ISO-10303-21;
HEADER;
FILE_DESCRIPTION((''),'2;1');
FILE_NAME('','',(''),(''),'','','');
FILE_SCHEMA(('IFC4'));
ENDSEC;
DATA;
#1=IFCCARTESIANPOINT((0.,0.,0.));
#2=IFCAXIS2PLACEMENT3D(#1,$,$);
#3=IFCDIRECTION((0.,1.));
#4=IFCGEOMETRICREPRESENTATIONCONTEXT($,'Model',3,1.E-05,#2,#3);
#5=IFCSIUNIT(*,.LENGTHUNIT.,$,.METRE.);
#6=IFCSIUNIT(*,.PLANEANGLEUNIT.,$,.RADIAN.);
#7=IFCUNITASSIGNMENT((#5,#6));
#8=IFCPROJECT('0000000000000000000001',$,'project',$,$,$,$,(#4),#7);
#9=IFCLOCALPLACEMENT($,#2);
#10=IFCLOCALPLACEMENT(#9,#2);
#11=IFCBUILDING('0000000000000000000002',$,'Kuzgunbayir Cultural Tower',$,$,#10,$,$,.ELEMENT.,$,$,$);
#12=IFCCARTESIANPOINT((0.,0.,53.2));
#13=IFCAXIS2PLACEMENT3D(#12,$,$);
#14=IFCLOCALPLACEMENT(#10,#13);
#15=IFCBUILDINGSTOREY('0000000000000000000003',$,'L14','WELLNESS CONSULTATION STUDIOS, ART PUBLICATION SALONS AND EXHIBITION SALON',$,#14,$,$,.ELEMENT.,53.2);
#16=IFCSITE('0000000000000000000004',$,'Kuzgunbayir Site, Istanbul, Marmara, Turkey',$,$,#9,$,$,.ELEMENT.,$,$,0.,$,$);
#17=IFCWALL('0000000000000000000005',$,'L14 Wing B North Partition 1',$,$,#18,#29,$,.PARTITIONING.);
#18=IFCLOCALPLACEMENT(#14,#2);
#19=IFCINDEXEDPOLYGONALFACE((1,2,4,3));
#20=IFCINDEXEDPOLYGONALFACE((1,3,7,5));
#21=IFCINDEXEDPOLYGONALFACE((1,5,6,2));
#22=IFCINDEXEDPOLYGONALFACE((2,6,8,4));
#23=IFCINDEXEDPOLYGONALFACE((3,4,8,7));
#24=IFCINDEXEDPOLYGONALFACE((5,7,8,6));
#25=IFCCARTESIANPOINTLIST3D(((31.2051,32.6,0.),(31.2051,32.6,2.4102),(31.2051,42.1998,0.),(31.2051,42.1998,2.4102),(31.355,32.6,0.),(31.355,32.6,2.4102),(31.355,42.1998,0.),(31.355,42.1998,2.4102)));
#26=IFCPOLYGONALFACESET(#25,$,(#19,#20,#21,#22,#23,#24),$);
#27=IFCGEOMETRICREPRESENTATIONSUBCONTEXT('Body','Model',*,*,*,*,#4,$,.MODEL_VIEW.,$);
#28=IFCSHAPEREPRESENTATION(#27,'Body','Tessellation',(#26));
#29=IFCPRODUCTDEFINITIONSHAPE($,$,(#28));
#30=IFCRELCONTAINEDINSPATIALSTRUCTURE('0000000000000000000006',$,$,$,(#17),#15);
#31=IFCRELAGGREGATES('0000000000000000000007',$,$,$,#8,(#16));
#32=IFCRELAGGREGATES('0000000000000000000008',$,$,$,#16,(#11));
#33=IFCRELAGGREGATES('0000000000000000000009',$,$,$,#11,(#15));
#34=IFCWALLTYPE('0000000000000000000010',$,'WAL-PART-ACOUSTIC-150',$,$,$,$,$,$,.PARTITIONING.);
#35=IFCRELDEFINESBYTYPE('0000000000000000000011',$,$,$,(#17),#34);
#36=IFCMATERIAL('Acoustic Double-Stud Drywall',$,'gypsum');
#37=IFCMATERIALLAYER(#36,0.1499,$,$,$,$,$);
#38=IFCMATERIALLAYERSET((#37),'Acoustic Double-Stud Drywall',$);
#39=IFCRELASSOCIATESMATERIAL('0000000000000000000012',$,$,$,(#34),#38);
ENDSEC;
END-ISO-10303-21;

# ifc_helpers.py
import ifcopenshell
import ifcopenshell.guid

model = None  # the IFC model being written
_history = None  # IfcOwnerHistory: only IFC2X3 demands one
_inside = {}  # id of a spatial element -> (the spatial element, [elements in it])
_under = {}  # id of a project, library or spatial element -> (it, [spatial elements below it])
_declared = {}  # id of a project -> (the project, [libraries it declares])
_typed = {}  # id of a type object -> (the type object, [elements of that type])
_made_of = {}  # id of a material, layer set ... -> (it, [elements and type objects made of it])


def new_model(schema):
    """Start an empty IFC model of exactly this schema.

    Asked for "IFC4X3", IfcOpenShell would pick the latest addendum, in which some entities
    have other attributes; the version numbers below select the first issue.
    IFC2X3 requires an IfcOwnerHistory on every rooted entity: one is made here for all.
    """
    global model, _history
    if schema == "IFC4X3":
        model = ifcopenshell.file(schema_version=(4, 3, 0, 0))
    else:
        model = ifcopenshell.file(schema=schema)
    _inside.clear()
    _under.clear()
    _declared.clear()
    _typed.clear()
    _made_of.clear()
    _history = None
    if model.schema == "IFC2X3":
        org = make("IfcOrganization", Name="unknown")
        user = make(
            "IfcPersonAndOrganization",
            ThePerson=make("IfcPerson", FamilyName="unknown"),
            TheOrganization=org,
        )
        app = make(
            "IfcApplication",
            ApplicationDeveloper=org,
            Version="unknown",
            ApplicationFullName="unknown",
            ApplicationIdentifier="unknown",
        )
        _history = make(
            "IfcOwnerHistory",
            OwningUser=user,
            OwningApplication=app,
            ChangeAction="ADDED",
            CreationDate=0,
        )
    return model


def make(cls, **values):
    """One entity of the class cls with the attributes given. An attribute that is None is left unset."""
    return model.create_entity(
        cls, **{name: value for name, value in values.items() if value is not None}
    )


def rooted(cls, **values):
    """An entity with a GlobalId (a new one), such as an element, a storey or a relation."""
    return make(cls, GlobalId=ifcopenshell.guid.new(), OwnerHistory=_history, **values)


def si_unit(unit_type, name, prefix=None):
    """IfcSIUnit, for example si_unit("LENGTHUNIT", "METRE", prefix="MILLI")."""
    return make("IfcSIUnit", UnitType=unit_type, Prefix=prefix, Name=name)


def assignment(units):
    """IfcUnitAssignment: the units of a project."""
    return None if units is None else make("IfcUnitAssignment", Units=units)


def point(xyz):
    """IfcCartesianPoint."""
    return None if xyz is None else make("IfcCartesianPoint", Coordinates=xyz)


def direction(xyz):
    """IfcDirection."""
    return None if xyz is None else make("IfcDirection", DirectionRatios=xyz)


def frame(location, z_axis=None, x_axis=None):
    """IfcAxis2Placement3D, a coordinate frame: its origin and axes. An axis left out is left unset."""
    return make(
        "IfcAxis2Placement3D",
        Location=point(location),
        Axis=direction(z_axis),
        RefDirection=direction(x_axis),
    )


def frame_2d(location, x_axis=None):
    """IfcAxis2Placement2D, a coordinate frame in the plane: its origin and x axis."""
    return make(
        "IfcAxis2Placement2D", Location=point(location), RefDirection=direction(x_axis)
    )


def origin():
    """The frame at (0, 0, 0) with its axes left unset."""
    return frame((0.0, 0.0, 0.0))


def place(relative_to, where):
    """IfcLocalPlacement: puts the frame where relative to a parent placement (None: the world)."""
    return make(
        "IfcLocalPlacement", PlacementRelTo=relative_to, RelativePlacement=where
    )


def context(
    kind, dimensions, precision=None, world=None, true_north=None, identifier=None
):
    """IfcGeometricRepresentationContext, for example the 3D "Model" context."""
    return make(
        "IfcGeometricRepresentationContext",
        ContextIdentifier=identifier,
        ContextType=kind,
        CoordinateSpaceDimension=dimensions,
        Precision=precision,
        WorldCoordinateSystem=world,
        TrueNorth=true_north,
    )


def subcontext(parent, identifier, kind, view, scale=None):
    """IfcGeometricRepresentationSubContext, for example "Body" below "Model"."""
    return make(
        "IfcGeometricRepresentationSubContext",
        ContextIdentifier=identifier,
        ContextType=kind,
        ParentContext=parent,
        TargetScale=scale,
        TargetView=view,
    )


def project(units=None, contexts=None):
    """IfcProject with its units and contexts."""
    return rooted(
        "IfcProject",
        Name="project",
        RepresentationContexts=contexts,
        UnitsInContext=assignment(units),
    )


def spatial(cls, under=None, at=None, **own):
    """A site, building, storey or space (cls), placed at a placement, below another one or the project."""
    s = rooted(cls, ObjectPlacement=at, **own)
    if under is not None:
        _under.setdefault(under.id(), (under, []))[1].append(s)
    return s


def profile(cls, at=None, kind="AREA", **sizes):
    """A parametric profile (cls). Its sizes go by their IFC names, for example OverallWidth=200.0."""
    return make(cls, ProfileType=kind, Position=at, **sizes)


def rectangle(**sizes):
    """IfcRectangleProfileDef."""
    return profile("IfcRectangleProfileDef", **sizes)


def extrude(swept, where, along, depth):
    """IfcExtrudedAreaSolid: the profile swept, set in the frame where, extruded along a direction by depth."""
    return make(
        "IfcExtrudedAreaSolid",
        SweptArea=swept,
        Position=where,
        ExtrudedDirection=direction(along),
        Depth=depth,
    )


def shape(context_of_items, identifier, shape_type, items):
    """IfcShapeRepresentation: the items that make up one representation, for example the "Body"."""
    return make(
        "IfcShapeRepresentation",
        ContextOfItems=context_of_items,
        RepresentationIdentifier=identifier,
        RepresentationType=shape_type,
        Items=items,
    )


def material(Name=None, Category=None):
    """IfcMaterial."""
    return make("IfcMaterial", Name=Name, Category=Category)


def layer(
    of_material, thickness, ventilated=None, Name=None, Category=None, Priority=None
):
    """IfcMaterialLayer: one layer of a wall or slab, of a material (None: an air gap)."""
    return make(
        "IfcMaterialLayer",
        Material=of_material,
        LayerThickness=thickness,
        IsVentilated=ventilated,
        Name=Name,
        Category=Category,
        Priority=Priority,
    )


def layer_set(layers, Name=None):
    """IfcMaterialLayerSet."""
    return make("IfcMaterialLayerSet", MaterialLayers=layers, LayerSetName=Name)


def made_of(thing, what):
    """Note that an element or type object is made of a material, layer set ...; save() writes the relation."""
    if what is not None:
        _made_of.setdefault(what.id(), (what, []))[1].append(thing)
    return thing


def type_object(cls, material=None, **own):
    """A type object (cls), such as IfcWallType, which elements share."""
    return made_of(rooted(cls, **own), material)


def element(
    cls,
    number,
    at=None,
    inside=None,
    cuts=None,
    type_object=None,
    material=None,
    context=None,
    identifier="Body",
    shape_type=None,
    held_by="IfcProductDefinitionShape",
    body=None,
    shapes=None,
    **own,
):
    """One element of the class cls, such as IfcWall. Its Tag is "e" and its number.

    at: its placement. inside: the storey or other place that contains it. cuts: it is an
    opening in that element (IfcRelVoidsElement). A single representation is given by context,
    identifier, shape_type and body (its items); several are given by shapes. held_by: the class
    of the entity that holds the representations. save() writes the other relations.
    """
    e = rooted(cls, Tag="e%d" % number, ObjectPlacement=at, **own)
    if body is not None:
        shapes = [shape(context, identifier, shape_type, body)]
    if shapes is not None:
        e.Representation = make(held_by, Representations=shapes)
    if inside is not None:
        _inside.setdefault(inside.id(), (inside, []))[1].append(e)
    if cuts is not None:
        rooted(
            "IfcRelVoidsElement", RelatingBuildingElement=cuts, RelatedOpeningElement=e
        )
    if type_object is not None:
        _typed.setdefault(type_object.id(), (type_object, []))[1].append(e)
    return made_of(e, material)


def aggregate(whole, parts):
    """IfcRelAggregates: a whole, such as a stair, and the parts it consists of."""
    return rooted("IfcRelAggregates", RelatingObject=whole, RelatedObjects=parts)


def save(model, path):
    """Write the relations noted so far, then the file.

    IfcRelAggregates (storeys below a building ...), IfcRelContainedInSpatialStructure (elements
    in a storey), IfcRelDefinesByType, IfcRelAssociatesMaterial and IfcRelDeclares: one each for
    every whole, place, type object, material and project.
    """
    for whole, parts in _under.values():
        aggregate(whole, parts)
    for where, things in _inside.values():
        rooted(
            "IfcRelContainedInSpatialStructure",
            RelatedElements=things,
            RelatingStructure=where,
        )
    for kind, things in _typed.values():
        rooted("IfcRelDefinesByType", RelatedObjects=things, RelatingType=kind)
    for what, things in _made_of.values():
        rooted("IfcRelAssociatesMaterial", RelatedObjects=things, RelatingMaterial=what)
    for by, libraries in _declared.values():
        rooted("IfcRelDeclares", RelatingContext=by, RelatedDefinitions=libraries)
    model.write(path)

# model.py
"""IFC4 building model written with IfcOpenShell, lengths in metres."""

from ifc_helpers import new_model, si_unit, direction, frame, frame_2d, origin, place, context, subcontext, project, spatial, rectangle, extrude, material, layer, layer_set, type_object, element, save


model = new_model("IFC4")

# Units and contexts
model_context = context("Model", 3, precision=1e-05, world=origin(), true_north=direction((0.0, 1.0)))
body_context = subcontext(model_context, "Body", "Model", "MODEL_VIEW")
ifc_project = project(units=[si_unit("LENGTHUNIT", "METRE"), si_unit("PLANEANGLEUNIT", "RADIAN")], contexts=[model_context])

# Site, building, storey
site_placement = place(None, origin())
site = spatial("IfcSite", under=ifc_project, at=site_placement, Name="Kuzgunbayir Site, Istanbul, Marmara, Turkey", CompositionType="ELEMENT", RefElevation=0.0)
building_placement = place(site_placement, origin())
building = spatial("IfcBuilding", under=site, at=building_placement, Name="Kuzgunbayir Cultural Tower", CompositionType="ELEMENT")
storey_placement = place(building_placement, frame((0.0, 0.0, 53.2)))
storey = spatial("IfcBuildingStorey", under=building, at=storey_placement, Name="L14", Description="WELLNESS CONSULTATION STUDIOS, ART PUBLICATION SALONS AND EXHIBITION SALON", CompositionType="ELEMENT", Elevation=53.2)

# Shared definitions
ifc_material_1 = material(Name="Acoustic Double-Stud Drywall", Category="gypsum")
ifc_layer = layer(ifc_material_1, 0.1499)
ifc_layer_set = layer_set([ifc_layer], Name="Acoustic Double-Stud Drywall")
wall_type = type_object("IfcWallType", Name="WAL-PART-ACOUSTIC-150", PredefinedType="PARTITIONING", material=ifc_layer_set)

# Wall
wall_1_placement = place(storey_placement, frame((31.28, 32.6001, 0.0), z_axis=(0.0, 0.0, 1.0), x_axis=(0.0, 1.0, 0.0)))
element("IfcWall", 1, at=wall_1_placement, inside=storey, type_object=wall_type, Name="L14 Wing B North Partition 1", PredefinedType="PARTITIONING", context=body_context, shape_type="SweptSolid", body=[
    extrude(rectangle(XDim=9.5999, YDim=0.1499, at=frame_2d((4.7998, 0.0))), origin(), (0.0, 0.0, 1.0), 2.4102),
])

save(model, "model.ifc")
